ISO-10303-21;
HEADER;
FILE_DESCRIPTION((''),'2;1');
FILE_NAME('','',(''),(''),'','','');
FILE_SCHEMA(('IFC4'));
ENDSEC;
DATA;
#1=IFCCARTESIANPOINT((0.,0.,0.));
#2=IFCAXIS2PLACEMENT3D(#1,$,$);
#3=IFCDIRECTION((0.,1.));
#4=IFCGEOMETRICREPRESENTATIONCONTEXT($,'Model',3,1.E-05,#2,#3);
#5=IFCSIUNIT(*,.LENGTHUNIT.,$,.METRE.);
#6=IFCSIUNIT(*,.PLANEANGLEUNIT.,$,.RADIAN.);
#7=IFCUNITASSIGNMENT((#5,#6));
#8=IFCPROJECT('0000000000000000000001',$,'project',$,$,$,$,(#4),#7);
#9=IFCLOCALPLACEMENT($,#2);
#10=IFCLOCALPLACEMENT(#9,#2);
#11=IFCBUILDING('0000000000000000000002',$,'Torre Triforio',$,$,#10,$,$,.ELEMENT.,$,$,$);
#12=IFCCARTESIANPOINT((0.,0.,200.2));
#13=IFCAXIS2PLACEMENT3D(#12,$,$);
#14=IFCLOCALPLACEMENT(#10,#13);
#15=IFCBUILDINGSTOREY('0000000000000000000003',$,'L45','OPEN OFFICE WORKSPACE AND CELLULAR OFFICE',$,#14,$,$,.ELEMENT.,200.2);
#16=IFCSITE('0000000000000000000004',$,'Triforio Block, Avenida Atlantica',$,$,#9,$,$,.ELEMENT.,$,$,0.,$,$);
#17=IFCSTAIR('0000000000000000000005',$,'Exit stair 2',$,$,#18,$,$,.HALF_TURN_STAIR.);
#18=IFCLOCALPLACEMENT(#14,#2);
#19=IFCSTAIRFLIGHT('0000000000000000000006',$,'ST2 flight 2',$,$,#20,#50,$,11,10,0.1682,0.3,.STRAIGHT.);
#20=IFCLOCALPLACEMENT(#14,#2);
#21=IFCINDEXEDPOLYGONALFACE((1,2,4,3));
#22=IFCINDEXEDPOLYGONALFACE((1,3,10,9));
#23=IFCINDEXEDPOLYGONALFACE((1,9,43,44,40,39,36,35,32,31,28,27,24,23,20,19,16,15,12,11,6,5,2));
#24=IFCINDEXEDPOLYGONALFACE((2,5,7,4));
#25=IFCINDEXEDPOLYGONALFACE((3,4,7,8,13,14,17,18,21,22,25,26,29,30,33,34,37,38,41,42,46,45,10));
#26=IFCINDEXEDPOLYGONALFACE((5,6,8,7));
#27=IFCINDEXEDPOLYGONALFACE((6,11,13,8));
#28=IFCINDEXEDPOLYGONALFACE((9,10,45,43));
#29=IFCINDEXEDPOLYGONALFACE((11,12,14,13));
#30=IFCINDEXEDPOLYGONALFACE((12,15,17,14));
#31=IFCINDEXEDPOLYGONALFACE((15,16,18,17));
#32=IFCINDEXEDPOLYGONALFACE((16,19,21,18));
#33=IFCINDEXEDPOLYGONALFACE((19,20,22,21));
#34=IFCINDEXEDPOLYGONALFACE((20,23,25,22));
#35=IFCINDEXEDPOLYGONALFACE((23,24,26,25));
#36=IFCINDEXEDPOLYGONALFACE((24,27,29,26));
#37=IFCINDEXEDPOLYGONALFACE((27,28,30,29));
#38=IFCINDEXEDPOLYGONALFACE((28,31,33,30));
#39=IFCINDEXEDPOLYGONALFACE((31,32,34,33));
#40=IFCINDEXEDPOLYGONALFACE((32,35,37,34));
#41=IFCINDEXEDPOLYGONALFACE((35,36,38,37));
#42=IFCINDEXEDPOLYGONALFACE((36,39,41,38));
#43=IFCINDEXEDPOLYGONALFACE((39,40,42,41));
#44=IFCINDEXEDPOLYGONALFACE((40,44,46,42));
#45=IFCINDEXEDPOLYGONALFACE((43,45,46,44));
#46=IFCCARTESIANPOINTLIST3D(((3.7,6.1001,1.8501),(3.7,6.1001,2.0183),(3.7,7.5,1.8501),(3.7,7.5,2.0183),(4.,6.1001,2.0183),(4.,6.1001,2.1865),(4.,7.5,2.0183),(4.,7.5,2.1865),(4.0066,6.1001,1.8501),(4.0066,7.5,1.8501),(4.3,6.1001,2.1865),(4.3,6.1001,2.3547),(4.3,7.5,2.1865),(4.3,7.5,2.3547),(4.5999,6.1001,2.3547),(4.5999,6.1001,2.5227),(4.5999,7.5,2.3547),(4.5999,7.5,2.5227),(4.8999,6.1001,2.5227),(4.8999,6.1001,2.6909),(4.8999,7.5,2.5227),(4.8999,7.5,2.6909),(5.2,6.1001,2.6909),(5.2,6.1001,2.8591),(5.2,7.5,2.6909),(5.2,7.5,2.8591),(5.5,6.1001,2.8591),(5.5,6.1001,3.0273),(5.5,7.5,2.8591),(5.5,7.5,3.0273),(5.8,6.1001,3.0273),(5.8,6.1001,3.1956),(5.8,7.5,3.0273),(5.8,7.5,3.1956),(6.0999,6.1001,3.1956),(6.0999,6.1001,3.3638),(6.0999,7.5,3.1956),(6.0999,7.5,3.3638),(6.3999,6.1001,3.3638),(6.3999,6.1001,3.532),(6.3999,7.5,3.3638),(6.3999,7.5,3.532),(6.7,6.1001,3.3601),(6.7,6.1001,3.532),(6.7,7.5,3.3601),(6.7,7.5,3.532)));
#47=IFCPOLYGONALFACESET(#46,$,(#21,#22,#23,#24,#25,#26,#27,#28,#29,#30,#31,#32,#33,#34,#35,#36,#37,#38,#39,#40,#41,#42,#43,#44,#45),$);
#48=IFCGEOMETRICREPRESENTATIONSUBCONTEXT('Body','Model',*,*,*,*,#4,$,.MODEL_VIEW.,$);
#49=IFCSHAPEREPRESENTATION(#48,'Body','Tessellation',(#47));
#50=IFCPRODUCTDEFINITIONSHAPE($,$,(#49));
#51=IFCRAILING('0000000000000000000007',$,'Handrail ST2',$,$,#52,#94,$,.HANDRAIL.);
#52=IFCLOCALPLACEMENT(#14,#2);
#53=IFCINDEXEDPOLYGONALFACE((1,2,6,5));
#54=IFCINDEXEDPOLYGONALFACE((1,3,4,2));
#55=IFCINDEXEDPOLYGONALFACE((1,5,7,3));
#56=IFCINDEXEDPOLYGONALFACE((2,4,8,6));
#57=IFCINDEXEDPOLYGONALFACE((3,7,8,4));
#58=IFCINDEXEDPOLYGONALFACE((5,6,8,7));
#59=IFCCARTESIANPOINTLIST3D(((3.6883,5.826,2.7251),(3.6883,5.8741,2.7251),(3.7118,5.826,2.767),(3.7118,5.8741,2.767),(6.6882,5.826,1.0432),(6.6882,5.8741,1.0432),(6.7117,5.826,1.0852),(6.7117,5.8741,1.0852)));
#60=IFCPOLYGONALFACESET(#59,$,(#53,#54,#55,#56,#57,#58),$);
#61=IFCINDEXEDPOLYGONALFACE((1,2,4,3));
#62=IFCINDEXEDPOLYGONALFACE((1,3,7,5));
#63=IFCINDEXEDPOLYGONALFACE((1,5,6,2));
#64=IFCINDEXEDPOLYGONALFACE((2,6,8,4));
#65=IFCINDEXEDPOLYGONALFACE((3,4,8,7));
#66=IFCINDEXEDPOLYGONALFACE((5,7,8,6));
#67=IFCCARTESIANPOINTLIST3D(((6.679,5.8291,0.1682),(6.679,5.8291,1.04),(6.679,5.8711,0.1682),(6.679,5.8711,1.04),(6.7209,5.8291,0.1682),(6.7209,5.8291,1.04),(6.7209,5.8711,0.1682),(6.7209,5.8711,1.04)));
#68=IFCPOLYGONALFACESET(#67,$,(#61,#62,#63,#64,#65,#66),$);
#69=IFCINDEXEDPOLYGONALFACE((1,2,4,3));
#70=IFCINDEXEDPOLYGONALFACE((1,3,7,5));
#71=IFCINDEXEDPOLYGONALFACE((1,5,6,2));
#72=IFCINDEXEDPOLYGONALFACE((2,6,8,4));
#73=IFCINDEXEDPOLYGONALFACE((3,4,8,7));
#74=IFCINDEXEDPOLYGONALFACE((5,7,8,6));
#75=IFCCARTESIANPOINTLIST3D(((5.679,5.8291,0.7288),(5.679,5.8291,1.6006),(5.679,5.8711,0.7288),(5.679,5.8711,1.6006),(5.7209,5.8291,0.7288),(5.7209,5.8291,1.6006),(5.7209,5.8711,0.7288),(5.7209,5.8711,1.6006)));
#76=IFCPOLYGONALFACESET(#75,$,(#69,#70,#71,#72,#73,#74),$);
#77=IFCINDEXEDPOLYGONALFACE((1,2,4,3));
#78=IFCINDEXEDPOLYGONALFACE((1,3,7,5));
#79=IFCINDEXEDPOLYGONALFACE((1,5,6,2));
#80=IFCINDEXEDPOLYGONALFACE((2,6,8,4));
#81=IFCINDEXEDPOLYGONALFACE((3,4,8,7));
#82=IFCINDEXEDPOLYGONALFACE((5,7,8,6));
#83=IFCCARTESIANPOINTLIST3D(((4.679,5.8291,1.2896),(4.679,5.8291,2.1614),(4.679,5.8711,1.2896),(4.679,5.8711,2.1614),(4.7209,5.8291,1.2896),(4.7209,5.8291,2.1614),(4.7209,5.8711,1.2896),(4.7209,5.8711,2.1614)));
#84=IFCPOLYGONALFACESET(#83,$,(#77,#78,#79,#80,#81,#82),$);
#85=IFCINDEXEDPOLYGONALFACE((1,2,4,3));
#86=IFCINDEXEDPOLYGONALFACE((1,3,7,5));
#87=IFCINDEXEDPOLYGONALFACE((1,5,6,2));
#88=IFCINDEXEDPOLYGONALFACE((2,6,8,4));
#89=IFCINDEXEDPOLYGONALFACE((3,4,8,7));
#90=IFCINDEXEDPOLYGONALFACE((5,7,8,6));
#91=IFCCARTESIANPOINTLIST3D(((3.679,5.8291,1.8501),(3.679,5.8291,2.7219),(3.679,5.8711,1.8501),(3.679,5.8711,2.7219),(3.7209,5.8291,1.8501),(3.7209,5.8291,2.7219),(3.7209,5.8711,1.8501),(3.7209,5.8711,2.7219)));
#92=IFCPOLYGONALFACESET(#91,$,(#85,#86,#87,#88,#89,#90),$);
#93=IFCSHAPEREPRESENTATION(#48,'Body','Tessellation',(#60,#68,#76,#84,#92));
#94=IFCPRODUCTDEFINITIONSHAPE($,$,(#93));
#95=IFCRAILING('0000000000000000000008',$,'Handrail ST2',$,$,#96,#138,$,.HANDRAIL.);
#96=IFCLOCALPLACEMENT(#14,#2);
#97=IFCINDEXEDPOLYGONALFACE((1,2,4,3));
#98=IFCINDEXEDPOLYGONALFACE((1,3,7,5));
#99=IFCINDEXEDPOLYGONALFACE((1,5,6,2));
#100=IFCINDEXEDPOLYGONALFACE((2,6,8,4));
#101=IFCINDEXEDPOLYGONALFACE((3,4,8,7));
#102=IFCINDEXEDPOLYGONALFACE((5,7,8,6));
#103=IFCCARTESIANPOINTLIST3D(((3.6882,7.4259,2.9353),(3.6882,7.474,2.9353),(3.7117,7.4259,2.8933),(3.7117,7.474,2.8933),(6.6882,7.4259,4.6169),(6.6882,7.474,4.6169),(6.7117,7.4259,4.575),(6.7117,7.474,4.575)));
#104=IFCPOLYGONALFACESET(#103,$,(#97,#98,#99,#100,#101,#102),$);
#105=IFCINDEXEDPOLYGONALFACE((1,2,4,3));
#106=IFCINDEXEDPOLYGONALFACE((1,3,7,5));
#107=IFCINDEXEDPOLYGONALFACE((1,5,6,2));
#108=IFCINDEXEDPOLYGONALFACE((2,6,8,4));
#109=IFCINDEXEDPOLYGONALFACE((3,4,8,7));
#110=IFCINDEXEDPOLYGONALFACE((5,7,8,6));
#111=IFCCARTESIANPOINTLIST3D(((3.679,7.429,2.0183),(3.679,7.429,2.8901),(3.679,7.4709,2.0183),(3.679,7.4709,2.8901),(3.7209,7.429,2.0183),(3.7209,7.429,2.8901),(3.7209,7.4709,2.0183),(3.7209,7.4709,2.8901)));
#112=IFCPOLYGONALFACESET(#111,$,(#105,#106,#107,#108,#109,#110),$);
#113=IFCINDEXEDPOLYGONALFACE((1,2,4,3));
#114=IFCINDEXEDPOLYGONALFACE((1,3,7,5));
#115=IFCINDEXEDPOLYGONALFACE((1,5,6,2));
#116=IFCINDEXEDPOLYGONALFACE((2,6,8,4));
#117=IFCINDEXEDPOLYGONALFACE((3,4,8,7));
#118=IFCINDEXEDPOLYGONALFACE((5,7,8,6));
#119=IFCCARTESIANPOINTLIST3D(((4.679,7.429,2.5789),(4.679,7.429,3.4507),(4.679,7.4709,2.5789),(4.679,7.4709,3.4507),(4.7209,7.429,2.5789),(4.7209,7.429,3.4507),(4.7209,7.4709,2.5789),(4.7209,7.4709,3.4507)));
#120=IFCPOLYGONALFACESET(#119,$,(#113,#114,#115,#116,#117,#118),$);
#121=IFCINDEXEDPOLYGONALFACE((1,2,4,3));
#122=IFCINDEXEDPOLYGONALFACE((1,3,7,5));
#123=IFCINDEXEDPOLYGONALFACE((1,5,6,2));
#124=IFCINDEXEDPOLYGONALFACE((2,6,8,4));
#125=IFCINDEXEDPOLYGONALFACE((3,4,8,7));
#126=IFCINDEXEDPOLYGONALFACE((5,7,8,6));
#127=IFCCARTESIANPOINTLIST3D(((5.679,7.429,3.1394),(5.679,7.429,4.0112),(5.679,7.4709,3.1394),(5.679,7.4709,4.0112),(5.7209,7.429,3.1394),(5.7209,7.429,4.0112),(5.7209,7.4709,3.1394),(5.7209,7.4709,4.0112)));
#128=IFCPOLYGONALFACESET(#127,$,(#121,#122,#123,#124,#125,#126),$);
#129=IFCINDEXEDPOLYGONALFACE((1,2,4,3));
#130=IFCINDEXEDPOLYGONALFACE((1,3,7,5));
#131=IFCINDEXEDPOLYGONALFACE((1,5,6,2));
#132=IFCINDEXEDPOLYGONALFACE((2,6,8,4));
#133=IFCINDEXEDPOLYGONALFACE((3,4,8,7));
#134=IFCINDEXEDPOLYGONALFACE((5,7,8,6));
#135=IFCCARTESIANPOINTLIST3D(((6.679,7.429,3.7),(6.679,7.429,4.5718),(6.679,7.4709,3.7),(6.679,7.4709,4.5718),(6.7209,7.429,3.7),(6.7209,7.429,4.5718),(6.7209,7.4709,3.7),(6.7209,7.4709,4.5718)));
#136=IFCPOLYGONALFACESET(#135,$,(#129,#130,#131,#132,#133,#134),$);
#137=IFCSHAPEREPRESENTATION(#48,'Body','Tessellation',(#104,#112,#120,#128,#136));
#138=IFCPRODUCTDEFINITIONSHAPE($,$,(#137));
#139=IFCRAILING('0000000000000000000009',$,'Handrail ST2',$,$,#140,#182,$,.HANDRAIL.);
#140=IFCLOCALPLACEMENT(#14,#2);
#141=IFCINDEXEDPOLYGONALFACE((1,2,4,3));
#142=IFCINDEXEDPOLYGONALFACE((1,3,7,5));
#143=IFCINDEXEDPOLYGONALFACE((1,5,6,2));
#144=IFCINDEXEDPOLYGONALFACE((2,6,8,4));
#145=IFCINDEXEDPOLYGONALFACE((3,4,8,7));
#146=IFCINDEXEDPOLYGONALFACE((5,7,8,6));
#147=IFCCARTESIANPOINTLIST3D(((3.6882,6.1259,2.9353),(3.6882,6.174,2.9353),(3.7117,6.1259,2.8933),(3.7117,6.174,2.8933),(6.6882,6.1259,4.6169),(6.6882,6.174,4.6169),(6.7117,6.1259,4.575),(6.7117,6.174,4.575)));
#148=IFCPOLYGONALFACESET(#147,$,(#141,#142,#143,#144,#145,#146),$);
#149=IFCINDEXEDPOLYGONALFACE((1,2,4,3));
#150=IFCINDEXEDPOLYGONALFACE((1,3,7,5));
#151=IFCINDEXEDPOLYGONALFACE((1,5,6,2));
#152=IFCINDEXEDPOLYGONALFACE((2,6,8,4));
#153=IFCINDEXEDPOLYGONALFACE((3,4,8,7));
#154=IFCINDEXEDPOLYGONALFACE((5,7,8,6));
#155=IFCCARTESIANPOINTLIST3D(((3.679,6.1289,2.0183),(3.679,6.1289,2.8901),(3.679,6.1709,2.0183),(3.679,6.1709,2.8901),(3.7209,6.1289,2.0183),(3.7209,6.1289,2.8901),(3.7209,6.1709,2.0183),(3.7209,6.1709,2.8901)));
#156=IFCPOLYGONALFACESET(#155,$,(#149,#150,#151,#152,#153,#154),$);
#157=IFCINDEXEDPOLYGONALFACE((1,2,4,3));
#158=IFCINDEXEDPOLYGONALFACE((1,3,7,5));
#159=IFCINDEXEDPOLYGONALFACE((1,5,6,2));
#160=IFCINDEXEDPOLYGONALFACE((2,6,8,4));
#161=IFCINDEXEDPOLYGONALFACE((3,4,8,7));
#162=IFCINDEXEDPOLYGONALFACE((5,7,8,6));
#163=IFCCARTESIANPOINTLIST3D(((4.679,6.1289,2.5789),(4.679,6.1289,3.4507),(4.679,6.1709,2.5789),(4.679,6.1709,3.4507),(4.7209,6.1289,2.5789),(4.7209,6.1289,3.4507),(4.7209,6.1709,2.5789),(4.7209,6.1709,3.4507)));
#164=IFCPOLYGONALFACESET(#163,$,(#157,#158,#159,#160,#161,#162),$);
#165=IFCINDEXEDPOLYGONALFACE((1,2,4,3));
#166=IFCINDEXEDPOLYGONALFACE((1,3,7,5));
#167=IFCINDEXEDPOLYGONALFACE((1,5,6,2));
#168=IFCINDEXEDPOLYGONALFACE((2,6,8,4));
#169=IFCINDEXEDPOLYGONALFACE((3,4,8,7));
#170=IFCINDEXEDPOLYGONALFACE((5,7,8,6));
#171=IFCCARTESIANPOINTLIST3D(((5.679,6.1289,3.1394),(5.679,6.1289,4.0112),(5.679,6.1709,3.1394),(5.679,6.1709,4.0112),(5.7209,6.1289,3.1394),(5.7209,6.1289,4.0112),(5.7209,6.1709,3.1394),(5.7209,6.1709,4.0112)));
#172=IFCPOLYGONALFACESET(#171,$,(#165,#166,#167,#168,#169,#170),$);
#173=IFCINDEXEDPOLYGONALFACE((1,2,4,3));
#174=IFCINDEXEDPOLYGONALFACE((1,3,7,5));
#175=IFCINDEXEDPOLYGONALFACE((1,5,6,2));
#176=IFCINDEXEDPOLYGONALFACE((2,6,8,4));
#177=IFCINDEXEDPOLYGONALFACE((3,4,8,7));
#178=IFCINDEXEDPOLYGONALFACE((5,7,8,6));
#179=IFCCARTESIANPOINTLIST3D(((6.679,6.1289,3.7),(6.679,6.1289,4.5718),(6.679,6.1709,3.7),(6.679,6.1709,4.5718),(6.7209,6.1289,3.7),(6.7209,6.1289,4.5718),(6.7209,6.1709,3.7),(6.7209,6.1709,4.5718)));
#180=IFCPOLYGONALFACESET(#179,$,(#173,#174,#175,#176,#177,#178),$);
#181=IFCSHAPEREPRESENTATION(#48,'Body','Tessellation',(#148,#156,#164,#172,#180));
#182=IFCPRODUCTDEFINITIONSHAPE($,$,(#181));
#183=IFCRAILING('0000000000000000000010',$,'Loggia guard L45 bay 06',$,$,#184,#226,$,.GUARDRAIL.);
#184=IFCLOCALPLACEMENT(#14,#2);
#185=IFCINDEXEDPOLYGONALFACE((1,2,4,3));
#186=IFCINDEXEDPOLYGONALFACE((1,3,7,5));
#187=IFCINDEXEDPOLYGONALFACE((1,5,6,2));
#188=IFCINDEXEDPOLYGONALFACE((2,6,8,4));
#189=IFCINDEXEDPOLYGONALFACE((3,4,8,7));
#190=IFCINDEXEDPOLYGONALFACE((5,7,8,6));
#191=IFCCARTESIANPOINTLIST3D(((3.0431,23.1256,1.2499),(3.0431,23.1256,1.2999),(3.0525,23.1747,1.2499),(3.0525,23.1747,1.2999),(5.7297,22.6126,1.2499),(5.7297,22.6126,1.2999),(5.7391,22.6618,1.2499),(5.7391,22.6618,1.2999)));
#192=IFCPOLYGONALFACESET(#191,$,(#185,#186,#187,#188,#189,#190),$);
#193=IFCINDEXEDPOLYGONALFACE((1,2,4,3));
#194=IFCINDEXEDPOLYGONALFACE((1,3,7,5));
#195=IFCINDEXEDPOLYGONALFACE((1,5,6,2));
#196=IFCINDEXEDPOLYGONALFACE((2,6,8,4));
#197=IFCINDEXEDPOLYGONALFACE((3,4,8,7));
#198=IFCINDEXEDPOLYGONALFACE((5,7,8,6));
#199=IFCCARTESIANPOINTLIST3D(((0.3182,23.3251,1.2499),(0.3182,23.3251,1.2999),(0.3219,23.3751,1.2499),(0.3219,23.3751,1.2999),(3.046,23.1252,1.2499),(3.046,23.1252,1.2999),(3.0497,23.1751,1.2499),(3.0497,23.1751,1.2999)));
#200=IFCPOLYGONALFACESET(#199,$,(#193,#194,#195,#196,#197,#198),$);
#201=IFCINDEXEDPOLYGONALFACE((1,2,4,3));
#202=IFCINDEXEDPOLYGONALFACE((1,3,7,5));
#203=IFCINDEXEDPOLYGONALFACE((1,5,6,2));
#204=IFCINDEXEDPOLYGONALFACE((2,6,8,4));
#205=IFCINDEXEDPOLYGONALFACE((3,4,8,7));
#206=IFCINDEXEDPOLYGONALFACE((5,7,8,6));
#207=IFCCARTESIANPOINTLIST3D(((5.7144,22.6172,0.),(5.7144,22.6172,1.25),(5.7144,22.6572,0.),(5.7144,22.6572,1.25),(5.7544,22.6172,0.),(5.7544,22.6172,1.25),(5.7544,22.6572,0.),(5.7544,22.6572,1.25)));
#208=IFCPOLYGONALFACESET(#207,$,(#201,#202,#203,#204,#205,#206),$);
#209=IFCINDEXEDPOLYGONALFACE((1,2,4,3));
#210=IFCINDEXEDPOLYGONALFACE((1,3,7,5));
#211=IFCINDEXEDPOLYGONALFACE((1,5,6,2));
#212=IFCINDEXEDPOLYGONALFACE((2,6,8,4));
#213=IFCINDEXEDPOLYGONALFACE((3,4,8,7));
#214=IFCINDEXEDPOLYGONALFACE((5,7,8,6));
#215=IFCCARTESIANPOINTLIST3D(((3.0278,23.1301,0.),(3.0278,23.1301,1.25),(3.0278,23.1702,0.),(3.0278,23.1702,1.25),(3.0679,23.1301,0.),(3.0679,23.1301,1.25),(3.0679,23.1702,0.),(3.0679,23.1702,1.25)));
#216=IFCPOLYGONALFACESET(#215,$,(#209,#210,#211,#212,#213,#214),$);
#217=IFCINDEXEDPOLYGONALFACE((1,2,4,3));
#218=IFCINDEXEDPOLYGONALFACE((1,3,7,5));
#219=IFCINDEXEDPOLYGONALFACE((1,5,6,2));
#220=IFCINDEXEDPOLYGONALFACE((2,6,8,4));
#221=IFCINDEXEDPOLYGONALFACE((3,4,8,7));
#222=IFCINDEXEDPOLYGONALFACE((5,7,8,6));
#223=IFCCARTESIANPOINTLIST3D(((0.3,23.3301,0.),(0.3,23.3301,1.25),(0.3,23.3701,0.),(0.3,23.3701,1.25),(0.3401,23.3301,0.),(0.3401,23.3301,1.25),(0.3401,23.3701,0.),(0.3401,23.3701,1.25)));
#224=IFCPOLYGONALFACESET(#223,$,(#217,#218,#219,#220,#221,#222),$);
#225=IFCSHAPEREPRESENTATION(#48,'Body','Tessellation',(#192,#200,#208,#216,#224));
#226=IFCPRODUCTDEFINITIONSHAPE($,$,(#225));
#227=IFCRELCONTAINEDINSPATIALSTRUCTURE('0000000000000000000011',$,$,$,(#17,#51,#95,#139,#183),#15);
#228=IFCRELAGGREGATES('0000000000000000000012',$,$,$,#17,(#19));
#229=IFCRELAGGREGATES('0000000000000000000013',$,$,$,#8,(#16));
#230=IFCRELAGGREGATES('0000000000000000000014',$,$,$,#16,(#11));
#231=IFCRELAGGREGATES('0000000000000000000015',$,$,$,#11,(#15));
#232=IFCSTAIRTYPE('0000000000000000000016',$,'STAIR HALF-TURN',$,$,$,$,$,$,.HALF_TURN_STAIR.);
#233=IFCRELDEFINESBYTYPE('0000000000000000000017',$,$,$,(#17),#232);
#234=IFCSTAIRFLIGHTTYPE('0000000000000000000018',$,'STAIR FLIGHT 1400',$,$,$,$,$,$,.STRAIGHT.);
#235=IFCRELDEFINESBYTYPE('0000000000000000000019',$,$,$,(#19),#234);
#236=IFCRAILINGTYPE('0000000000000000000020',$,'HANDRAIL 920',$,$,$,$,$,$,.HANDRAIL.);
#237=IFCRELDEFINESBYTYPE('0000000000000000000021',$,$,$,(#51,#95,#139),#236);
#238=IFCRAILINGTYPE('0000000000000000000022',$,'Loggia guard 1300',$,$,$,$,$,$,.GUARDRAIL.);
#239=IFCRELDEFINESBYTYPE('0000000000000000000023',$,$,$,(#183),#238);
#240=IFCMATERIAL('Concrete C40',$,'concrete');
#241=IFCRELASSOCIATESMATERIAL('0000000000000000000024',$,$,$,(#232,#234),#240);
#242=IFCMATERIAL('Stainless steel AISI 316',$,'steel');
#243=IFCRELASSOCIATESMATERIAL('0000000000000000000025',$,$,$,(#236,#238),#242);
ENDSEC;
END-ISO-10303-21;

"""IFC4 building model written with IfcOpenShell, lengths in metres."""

from ifc_helpers import new_model, si_unit, direction, frame, origin, origin_2d, place, context, subcontext, project, spatial, polyline, rectangle, outline, extrude, material, type_object, element, aggregate, save


model = new_model("IFC4")

# Units and contexts
model_context = context("Model", 3, precision=1e-05, world=origin(), true_north=direction((0.0, 1.0)))
body_context = subcontext(model_context, "Body", "Model", "MODEL_VIEW")
ifc_project = project(units=[si_unit("LENGTHUNIT", "METRE"), si_unit("PLANEANGLEUNIT", "RADIAN")], contexts=[model_context])

# Site, building, storey
site_placement = place(None, origin())
site = spatial("IfcSite", under=ifc_project, at=site_placement, Name="Triforio Block, Avenida Atlantica", CompositionType="ELEMENT", RefElevation=0.0)
building_placement = place(site_placement, origin())
building = spatial("IfcBuilding", under=site, at=building_placement, Name="Torre Triforio", CompositionType="ELEMENT")
storey_placement = place(building_placement, frame((0.0, 0.0, 200.2)))
storey = spatial("IfcBuildingStorey", under=building, at=storey_placement, Name="L45", Description="OPEN OFFICE WORKSPACE AND CELLULAR OFFICE", CompositionType="ELEMENT", Elevation=200.2)

# Shared definitions
ifc_material_1 = material(Name="Concrete C40", Category="concrete")

# Stair, stair flight
stair_type = type_object("IfcStairType", Name="STAIR HALF-TURN", PredefinedType="HALF_TURN_STAIR", material=ifc_material_1)
stair_placement = place(storey_placement, origin())
stair = element("IfcStair", 1, at=stair_placement, inside=storey, type_object=stair_type, Name="Exit stair 2", PredefinedType="HALF_TURN_STAIR")
stair_flight_type = type_object("IfcStairFlightType", Name="STAIR FLIGHT 1400", PredefinedType="STRAIGHT", material=ifc_material_1)
stair_flight_placement = place(storey_placement, frame((3.7, 6.8, 1.8501), z_axis=(0.0, 0.0, 1.0), x_axis=(1.0, 0.0, 0.0)))
stair_flight = element("IfcStairFlight", 2, at=stair_flight_placement, type_object=stair_flight_type, Name="ST2 flight 2", NumberOfRisers=11, NumberOfTreads=10, PredefinedType="STRAIGHT", RiserHeight=0.1682, TreadLength=0.3, context=body_context, shape_type="SweptSolid", body=[
    extrude(outline(polyline([(0.0, 0.0), (0.0, 0.1682), (0.3, 0.1682), (0.3, 0.3364), (0.6001, 0.3364), (0.6001, 0.5046), (0.8999, 0.5046), (0.8999, 0.6726), (1.2, 0.6726), (1.2, 0.8408), (1.5, 0.8408), (1.5, 1.009), (1.8, 1.009), (1.8, 1.1772), (2.1001, 1.1772), (2.1001, 1.3455), (2.3999, 1.3455), (2.3999, 1.5137), (2.7, 1.5137), (2.7, 1.6819), (3.0, 1.6819), (3.0, 1.8501), (3.0, 1.51), (0.3066, 0.0), (0.0, 0.0)])), frame((0.0, 0.7, 0.0), z_axis=(0.0, -1.0, 0.0), x_axis=(1.0, 0.0, 0.0)), (0.0, 0.0, 1.0), 1.3999),
])
aggregate(stair, [stair_flight])

# Railings
ifc_material_2 = material(Name="Stainless steel AISI 316", Category="steel")
railing_type_1 = type_object("IfcRailingType", Name="HANDRAIL 920", PredefinedType="HANDRAIL", material=ifc_material_2)
railing_1_placement = place(storey_placement, frame((6.7, 5.8501, 0.1682)))
element("IfcRailing", 3, at=railing_1_placement, inside=storey, type_object=railing_type_1, Name="Handrail ST2", PredefinedType="HANDRAIL", context=body_context, shape_type="SweptSolid", body=[
    extrude(rectangle(XDim=0.0481, YDim=0.0481, at=origin_2d()), frame((0.0, 0.0, 0.896), z_axis=(-0.872272, 0.0, 0.48902), x_axis=(0.0, -1.0, 0.0)), (0.0, 0.0, 1.0), 3.4392),
    extrude(rectangle(XDim=0.042, YDim=0.042, at=origin_2d()), origin(), (0.0, 0.0, 1.0), 0.8718),
    extrude(rectangle(XDim=0.042, YDim=0.042, at=origin_2d()), frame((-1.0, 0.0, 0.5605)), (0.0, 0.0, 1.0), 0.8718),
    extrude(rectangle(XDim=0.042, YDim=0.042, at=origin_2d()), frame((-2.0, 0.0, 1.1213)), (0.0, 0.0, 1.0), 0.8718),
    extrude(rectangle(XDim=0.042, YDim=0.042, at=origin_2d()), frame((-3.0, 0.0, 1.6819)), (0.0, 0.0, 1.0), 0.8718),
])
for number, where, name in (
    (4, (3.7, 7.45, 2.0183), "Handrail ST2"),
    (5, (3.7, 6.1499, 2.0183), "Handrail ST2"),
):
    element("IfcRailing", number, at=place(storey_placement, frame(where)), inside=storey, type_object=railing_type_1, Name=name, PredefinedType="HANDRAIL", context=body_context, shape_type="SweptSolid", body=[
        extrude(rectangle(XDim=0.0481, YDim=0.0481, at=origin_2d()), frame((0.0, 0.0, 0.896), z_axis=(0.872303, 0.0, 0.488966), x_axis=(0.0, 1.0, 0.0)), (0.0, 0.0, 1.0), 3.4392),
        extrude(rectangle(XDim=0.042, YDim=0.042, at=origin_2d()), origin(), (0.0, 0.0, 1.0), 0.8718),
        extrude(rectangle(XDim=0.042, YDim=0.042, at=origin_2d()), frame((1.0, 0.0, 0.5605)), (0.0, 0.0, 1.0), 0.8718),
        extrude(rectangle(XDim=0.042, YDim=0.042, at=origin_2d()), frame((2.0, 0.0, 1.1211)), (0.0, 0.0, 1.0), 0.8718),
        extrude(rectangle(XDim=0.042, YDim=0.042, at=origin_2d()), frame((3.0, 0.0, 1.6816)), (0.0, 0.0, 1.0), 0.8718),
    ])
railing_type_2 = type_object("IfcRailingType", Name="Loggia guard 1300", PredefinedType="GUARDRAIL", material=ifc_material_2)
railing_2_placement = place(storey_placement, frame((5.7344, 22.6372, 0.0)))
element("IfcRailing", 6, at=railing_2_placement, inside=storey, type_object=railing_type_2, Name="Loggia guard L45 bay 06", PredefinedType="GUARDRAIL", context=body_context, shape_type="SweptSolid", body=[
    extrude(rectangle(XDim=0.05, YDim=0.05, at=origin_2d()), frame((0.0, 0.0, 1.2749), z_axis=(-0.982256, 0.187543, 0.0), x_axis=(-0.187543, -0.982256, 0.0)), (0.0, 0.0, 1.0), 2.7351),
    extrude(rectangle(XDim=0.05, YDim=0.05, at=origin_2d()), frame((-2.6865, 0.5129, 1.2749), z_axis=(-0.997324, 0.073106, 0.0), x_axis=(-0.073106, -0.997324, 0.0)), (0.0, 0.0, 1.0), 2.7351),
    extrude(rectangle(XDim=0.04, YDim=0.04, at=origin_2d()), origin(), (0.0, 0.0, 1.0), 1.25),
    extrude(rectangle(XDim=0.04, YDim=0.04, at=origin_2d()), frame((-2.6865, 0.5129, 0.0)), (0.0, 0.0, 1.0), 1.25),
    extrude(rectangle(XDim=0.04, YDim=0.04, at=origin_2d()), frame((-5.4143, 0.7129, 0.0)), (0.0, 0.0, 1.0), 1.25),
])

save(model, "model.ifc")
